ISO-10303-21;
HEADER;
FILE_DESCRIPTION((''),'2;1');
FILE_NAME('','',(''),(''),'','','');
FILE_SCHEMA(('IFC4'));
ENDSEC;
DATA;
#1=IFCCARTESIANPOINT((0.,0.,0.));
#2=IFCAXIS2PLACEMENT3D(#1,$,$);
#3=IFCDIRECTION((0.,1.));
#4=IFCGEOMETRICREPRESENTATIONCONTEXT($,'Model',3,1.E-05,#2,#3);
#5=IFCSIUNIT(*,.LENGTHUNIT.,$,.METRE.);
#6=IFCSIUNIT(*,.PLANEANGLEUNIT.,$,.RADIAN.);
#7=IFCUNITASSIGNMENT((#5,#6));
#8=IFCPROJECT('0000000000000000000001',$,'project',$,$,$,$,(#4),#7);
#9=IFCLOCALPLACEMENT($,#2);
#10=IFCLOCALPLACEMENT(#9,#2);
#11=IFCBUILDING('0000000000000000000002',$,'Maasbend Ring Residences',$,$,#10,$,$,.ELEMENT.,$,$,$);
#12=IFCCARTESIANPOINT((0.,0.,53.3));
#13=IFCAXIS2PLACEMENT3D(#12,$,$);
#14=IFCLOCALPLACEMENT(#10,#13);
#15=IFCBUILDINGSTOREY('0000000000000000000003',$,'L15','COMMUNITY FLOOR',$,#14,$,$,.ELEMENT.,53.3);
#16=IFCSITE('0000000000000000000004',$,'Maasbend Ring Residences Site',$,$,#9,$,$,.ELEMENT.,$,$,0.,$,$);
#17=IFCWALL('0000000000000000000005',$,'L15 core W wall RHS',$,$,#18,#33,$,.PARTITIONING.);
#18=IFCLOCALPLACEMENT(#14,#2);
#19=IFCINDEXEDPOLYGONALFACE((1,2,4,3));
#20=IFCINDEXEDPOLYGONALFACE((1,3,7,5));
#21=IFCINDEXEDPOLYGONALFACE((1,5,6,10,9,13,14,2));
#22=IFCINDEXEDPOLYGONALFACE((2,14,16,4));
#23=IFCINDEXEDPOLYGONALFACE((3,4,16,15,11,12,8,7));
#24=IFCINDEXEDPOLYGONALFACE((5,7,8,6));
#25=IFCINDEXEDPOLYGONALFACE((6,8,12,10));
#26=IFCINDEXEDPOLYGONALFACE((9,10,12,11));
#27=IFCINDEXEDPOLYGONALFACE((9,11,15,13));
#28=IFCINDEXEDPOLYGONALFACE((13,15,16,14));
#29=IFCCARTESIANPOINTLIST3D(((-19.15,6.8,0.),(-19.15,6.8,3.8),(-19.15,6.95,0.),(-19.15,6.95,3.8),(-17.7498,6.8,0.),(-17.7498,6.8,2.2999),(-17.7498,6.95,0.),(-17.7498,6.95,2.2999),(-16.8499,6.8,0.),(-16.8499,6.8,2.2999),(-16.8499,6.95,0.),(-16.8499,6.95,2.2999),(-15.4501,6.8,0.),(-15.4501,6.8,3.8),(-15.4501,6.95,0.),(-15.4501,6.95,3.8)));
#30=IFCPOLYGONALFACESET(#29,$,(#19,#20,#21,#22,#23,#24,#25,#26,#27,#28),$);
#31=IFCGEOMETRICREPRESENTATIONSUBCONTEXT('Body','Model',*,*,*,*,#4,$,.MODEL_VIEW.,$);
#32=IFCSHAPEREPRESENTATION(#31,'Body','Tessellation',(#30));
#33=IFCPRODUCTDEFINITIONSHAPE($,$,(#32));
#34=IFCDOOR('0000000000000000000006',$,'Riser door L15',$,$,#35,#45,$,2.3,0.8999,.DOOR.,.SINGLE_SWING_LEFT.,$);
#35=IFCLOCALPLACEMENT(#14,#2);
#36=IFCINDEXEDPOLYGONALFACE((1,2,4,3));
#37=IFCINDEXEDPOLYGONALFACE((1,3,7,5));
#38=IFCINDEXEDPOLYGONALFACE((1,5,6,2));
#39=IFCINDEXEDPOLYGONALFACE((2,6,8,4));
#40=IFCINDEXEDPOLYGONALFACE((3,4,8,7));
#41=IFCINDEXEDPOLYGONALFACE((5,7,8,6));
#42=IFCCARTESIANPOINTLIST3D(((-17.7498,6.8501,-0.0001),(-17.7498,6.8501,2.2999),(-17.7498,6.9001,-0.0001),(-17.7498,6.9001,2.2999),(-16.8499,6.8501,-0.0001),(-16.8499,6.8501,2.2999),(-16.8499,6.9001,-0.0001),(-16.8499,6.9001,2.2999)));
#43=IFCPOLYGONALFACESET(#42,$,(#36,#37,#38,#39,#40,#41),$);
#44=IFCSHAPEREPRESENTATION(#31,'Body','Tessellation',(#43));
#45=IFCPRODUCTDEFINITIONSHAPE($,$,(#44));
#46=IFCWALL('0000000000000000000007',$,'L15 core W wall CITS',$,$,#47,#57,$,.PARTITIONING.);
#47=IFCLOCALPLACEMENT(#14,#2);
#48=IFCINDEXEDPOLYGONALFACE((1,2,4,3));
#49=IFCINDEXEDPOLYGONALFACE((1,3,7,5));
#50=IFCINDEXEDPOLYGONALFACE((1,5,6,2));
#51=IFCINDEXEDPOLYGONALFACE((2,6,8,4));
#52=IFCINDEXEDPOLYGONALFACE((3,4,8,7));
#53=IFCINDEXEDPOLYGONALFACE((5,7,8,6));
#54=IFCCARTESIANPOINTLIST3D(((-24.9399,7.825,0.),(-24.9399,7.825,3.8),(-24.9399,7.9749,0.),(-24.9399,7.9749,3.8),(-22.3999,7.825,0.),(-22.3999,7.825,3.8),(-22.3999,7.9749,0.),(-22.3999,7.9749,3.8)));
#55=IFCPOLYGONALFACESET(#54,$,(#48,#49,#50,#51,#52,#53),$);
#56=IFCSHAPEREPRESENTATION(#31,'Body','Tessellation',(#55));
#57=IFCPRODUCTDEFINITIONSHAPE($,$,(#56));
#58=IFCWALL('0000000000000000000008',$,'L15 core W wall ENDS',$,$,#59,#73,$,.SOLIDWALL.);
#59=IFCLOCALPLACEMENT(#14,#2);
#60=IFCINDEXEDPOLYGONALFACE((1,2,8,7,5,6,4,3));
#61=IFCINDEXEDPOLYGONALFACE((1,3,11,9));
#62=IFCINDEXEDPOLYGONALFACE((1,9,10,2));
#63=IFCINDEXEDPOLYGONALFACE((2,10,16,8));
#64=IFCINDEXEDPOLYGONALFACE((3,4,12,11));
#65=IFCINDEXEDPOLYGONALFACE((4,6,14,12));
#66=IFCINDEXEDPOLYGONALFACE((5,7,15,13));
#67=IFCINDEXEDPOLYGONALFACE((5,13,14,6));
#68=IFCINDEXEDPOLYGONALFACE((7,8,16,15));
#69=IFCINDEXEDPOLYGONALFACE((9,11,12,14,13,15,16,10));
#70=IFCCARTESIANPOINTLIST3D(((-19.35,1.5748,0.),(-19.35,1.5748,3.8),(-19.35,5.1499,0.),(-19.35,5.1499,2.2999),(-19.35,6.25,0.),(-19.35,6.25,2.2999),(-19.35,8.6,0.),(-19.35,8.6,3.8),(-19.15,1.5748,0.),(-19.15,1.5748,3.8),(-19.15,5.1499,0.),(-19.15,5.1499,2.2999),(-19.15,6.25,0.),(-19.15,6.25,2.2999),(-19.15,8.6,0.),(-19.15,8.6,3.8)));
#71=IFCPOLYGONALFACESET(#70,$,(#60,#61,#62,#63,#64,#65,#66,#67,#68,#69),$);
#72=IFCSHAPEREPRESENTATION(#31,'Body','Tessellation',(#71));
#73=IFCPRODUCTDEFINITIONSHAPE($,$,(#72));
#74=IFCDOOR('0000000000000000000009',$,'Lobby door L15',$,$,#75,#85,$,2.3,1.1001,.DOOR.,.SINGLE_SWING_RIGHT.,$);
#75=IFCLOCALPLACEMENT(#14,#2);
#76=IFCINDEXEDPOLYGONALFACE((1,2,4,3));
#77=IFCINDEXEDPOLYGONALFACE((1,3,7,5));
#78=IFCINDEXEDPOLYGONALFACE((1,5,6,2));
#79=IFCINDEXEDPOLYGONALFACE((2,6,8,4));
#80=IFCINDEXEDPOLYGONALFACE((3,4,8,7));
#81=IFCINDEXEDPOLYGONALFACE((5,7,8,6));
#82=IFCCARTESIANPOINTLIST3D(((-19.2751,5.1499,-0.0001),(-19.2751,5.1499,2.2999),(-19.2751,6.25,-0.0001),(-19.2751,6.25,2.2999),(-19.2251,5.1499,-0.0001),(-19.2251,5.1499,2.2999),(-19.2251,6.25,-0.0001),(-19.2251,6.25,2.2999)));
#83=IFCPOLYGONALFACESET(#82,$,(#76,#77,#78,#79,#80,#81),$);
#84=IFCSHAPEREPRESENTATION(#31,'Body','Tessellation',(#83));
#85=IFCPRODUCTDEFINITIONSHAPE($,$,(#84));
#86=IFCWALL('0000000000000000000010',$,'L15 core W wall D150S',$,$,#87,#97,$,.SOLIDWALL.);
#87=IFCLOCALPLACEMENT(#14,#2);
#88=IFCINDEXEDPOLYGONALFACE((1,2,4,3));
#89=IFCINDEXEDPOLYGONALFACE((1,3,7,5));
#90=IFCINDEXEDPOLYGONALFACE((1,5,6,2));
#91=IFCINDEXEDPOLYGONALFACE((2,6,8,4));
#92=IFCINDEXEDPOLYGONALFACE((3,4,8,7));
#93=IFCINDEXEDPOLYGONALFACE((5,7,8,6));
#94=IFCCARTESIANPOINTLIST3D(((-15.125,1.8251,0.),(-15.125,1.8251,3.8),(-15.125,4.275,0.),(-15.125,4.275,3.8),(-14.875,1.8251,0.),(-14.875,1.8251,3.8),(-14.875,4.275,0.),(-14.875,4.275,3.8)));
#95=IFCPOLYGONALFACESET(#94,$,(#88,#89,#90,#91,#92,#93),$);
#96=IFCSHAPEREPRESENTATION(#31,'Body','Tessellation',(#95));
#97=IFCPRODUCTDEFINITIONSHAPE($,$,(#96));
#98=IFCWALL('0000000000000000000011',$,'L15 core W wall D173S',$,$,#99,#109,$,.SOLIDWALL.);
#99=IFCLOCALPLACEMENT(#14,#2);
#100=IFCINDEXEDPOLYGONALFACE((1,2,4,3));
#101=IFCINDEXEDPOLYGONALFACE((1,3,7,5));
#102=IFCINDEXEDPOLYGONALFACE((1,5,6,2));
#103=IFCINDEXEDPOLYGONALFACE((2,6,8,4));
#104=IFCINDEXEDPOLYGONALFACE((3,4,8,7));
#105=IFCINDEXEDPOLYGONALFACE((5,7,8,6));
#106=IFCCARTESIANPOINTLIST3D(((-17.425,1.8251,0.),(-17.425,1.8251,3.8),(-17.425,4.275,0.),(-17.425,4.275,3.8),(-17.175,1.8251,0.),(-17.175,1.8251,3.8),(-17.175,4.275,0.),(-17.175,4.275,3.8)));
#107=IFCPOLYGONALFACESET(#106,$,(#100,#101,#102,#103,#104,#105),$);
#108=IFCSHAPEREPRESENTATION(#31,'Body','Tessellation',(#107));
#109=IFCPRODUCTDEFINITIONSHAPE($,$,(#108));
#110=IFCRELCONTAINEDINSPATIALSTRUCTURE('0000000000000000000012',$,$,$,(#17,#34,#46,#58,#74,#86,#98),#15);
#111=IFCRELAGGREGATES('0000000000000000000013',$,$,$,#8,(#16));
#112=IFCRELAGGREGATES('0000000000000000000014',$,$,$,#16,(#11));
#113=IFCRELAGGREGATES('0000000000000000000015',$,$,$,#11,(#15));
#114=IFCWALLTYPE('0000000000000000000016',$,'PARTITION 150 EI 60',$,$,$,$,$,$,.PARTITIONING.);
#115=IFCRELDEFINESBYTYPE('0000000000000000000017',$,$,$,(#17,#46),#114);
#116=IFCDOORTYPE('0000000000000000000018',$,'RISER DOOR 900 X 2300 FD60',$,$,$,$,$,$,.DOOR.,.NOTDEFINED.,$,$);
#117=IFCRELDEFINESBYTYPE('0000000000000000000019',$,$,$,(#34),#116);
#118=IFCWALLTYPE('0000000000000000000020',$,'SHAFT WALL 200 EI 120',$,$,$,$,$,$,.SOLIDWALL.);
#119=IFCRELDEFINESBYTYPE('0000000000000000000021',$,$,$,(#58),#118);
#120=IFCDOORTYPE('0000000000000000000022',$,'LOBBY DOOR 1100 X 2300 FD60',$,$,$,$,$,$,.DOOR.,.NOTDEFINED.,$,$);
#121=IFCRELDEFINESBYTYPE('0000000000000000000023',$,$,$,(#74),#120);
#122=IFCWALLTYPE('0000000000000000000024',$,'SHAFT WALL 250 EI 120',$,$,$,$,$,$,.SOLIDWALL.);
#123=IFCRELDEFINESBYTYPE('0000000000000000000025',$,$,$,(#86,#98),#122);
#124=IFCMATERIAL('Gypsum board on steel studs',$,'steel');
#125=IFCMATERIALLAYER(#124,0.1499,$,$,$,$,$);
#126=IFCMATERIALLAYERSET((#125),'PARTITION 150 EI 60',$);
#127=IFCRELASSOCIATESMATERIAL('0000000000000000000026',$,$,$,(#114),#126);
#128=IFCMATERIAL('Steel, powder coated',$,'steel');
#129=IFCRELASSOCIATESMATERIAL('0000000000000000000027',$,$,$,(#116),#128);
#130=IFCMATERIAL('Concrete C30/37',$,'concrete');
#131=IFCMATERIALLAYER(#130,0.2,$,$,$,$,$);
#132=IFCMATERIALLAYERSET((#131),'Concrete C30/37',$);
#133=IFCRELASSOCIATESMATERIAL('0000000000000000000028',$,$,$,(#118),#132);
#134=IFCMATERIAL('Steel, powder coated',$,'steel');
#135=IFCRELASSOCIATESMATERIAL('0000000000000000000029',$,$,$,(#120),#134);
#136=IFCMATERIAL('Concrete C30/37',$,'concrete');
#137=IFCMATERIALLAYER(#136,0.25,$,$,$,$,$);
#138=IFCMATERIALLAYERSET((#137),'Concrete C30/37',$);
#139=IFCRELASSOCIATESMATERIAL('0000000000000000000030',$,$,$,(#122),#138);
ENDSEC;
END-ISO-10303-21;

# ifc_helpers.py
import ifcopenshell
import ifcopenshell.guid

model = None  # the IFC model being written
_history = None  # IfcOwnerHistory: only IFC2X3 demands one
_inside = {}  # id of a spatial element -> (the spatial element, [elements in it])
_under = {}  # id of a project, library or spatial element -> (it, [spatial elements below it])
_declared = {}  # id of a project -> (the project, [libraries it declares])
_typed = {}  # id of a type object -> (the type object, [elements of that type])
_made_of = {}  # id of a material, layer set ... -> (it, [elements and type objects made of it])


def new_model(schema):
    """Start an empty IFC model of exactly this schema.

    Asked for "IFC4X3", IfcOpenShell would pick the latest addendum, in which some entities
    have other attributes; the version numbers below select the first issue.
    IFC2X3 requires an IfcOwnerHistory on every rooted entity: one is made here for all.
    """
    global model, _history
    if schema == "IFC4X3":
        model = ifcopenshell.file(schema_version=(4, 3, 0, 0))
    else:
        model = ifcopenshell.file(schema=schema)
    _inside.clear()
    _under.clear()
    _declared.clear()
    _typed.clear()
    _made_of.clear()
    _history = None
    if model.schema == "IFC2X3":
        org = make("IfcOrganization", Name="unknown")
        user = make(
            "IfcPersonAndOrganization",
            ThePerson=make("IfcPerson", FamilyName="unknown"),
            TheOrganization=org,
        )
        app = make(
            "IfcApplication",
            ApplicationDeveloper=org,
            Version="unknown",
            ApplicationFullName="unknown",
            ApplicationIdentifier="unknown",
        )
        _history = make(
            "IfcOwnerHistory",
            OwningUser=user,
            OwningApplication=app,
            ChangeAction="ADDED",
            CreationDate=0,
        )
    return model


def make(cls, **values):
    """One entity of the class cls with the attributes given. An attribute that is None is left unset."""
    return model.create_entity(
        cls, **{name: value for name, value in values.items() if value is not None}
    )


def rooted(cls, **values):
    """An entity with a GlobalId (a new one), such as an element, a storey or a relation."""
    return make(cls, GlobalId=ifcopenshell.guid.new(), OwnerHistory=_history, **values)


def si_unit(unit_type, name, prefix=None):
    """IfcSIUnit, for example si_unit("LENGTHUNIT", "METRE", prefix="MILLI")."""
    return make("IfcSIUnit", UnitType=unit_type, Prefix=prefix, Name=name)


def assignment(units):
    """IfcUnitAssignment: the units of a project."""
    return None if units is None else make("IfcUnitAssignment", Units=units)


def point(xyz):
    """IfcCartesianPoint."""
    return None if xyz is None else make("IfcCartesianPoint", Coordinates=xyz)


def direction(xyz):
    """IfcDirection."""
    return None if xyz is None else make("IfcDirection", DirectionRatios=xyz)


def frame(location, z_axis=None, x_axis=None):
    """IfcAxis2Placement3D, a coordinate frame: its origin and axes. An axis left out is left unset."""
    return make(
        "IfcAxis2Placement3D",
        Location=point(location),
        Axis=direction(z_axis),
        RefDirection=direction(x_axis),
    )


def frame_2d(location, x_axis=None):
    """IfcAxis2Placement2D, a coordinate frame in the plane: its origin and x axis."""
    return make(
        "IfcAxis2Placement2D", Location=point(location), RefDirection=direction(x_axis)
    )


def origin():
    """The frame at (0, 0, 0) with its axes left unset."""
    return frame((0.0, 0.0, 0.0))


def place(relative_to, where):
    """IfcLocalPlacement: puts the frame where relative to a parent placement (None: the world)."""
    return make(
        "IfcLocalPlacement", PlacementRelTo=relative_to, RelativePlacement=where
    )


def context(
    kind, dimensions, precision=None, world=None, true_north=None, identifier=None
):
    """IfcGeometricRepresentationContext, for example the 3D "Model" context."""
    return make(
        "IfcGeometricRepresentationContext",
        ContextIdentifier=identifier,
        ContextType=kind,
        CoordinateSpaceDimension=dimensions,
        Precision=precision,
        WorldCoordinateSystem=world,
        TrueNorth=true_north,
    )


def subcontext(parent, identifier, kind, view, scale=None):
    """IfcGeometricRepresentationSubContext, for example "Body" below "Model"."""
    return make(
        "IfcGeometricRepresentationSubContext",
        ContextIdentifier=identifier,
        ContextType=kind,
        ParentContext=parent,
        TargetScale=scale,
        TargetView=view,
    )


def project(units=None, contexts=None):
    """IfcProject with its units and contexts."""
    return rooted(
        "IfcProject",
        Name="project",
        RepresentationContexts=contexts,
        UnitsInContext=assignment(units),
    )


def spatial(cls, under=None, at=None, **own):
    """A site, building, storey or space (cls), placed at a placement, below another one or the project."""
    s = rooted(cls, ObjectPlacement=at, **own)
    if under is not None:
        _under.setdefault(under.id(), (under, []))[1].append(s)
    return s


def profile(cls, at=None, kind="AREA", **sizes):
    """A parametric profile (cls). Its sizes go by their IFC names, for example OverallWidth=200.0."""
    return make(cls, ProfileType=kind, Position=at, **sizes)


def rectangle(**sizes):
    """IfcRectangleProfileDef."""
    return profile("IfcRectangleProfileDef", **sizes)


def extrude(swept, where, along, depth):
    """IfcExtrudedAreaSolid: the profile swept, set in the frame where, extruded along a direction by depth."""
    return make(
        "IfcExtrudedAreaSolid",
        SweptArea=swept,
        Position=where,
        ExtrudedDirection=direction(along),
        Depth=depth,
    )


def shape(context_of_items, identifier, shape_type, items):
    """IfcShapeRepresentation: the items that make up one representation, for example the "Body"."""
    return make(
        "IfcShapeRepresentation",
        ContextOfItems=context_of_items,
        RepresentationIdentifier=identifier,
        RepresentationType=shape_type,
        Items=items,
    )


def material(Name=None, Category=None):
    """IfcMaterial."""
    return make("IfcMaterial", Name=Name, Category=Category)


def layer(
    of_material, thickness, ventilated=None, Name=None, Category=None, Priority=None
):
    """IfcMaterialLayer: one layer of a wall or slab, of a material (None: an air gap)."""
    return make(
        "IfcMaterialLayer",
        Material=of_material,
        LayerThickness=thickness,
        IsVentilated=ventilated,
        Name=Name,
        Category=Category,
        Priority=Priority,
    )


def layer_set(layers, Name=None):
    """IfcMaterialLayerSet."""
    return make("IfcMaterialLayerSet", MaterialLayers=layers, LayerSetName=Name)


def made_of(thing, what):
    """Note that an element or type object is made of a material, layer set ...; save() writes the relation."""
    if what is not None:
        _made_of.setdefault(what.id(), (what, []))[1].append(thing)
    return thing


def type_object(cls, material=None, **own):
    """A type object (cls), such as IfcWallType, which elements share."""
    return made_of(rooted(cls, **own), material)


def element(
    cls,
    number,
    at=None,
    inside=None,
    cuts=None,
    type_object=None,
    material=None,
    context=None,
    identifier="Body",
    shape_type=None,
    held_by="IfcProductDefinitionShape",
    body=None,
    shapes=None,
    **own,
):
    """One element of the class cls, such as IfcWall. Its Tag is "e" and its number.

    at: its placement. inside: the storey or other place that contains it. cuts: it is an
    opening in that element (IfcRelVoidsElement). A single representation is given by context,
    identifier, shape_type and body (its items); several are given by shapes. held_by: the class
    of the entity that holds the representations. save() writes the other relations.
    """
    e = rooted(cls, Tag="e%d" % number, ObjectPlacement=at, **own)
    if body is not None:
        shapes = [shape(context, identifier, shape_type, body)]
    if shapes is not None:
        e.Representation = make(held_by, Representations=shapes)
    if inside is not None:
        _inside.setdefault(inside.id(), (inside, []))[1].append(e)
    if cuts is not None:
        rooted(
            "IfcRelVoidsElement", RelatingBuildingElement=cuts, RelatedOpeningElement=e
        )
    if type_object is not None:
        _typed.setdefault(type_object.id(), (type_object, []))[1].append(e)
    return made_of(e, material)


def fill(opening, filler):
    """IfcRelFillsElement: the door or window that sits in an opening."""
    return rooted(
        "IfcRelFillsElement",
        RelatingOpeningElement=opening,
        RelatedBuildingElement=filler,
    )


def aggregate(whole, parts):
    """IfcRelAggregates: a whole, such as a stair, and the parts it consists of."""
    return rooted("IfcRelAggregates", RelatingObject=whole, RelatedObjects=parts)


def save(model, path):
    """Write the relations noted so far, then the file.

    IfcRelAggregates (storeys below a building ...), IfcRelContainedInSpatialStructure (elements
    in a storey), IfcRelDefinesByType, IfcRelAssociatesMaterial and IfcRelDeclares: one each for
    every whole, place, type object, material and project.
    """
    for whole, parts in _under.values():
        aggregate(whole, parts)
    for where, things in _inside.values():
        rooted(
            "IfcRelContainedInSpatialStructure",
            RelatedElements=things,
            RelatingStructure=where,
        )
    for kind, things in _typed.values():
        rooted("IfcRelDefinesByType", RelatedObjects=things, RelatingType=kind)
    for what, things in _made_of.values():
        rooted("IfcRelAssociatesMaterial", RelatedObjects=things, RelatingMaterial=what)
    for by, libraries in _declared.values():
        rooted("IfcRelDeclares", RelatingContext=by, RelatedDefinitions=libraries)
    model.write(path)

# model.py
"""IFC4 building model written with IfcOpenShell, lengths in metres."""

from ifc_helpers import new_model, si_unit, direction, frame, frame_2d, origin, place, context, subcontext, project, spatial, rectangle, extrude, material, layer, layer_set, type_object, element, fill, save


model = new_model("IFC4")

# Units and contexts
model_context = context("Model", 3, precision=1e-05, world=origin(), true_north=direction((0.0, 1.0)))
body_context = subcontext(model_context, "Body", "Model", "MODEL_VIEW")
ifc_project = project(units=[si_unit("LENGTHUNIT", "METRE"), si_unit("PLANEANGLEUNIT", "RADIAN")], contexts=[model_context])

# Site, building, storey
site_placement = place(None, origin())
site = spatial("IfcSite", under=ifc_project, at=site_placement, Name="Maasbend Ring Residences Site", CompositionType="ELEMENT", RefElevation=0.0)
building_placement = place(site_placement, origin())
building = spatial("IfcBuilding", under=site, at=building_placement, Name="Maasbend Ring Residences", CompositionType="ELEMENT")
storey_placement = place(building_placement, frame((0.0, 0.0, 53.3)))
storey = spatial("IfcBuildingStorey", under=building, at=storey_placement, Name="L15", Description="COMMUNITY FLOOR", CompositionType="ELEMENT", Elevation=53.3)

# Shared definitions
ifc_material_1 = material(Name="Gypsum board on steel studs", Category="steel")
ifc_layer_1 = layer(ifc_material_1, 0.1499)
ifc_layer_set_1 = layer_set([ifc_layer_1], Name="PARTITION 150 EI 60")
wall_type_1 = type_object("IfcWallType", Name="PARTITION 150 EI 60", PredefinedType="PARTITIONING", material=ifc_layer_set_1)

# Wall, opening, door
wall_1_placement = place(storey_placement, frame((-15.45, 6.875, 0.0), z_axis=(0.0, 0.0, 1.0), x_axis=(-1.0, 0.0, 0.0)))
wall_1 = element("IfcWall", 1, at=wall_1_placement, inside=storey, type_object=wall_type_1, Name="L15 core W wall RHS", PredefinedType="PARTITIONING", context=body_context, shape_type="SweptSolid", body=[
    extrude(rectangle(XDim=3.7, YDim=0.1499, at=frame_2d((1.8501, 0.0))), origin(), (0.0, 0.0, 1.0), 3.8),
])
opening_1_placement = place(wall_1_placement, frame((1.3999, 0.0, 0.0)))
opening_1 = element("IfcOpeningElement", 2, at=opening_1_placement, cuts=wall_1, PredefinedType="OPENING", context=body_context, shape_type="SweptSolid", body=[
    extrude(rectangle(XDim=0.8999, YDim=2.3, at=frame_2d((0.45, 1.1499))), frame((0.0, 0.085, 0.0), z_axis=(0.0, -1.0, 0.0), x_axis=(1.0, 0.0, 0.0)), (0.0, 0.0, 1.0), 0.1699),
])
ifc_material_2 = material(Name="Steel, powder coated", Category="steel")
door_type_1 = type_object("IfcDoorType", Name="RISER DOOR 900 X 2300 FD60", OperationType="NOTDEFINED", PredefinedType="DOOR", material=ifc_material_2)
door_1_placement = place(opening_1_placement, origin())
door_1 = element("IfcDoor", 3, at=door_1_placement, inside=storey, type_object=door_type_1, Name="Riser door L15", OperationType="SINGLE_SWING_LEFT", OverallHeight=2.3, OverallWidth=0.8999, PredefinedType="DOOR", context=body_context, shape_type="SweptSolid", body=[
    extrude(rectangle(XDim=0.8999, YDim=2.3, at=frame_2d((0.45, 1.1499))), frame((0.0, 0.0249, 0.0), z_axis=(0.0, -1.0, 0.0), x_axis=(1.0, 0.0, 0.0)), (0.0, 0.0, 1.0), 0.05),
])
fill(opening_1, door_1)

# Wall
wall_2_placement = place(storey_placement, frame((-22.3999, 7.8999, 0.0), z_axis=(0.0, 0.0, 1.0), x_axis=(-1.0, 0.0, 0.0)))
element("IfcWall", 4, at=wall_2_placement, inside=storey, type_object=wall_type_1, Name="L15 core W wall CITS", PredefinedType="PARTITIONING", context=body_context, shape_type="SweptSolid", body=[
    extrude(rectangle(XDim=2.54, YDim=0.1499, at=frame_2d((1.27, 0.0))), origin(), (0.0, 0.0, 1.0), 3.8),
])

# Wall, opening, door
ifc_material_3 = material(Name="Concrete C30/37", Category="concrete")
ifc_layer_2 = layer(ifc_material_3, 0.2)
ifc_layer_set_2 = layer_set([ifc_layer_2], Name="Concrete C30/37")
wall_type_2 = type_object("IfcWallType", Name="SHAFT WALL 200 EI 120", PredefinedType="SOLIDWALL", material=ifc_layer_set_2)
wall_3_placement = place(storey_placement, frame((-19.25, 8.6001, 0.0), z_axis=(0.0, 0.0, 1.0), x_axis=(0.0, -1.0, 0.0)))
wall_3 = element("IfcWall", 5, at=wall_3_placement, inside=storey, type_object=wall_type_2, Name="L15 core W wall ENDS", PredefinedType="SOLIDWALL", context=body_context, shape_type="SweptSolid", body=[
    extrude(rectangle(XDim=7.0251, YDim=0.2, at=frame_2d((3.5127, 0.0))), origin(), (0.0, 0.0, 1.0), 3.8),
])
opening_2_placement = place(wall_3_placement, frame((2.3501, 0.0, 0.0)))
opening_2 = element("IfcOpeningElement", 6, at=opening_2_placement, cuts=wall_3, PredefinedType="OPENING", context=body_context, shape_type="SweptSolid", body=[
    extrude(rectangle(XDim=1.1001, YDim=2.3, at=frame_2d((0.55, 1.1499))), frame((0.0, 0.1099, 0.0), z_axis=(0.0, -1.0, 0.0), x_axis=(1.0, 0.0, 0.0)), (0.0, 0.0, 1.0), 0.22),
])
ifc_material_4 = material(Name="Steel, powder coated", Category="steel")
door_type_2 = type_object("IfcDoorType", Name="LOBBY DOOR 1100 X 2300 FD60", OperationType="NOTDEFINED", PredefinedType="DOOR", material=ifc_material_4)
door_2_placement = place(opening_2_placement, origin())
door_2 = element("IfcDoor", 7, at=door_2_placement, inside=storey, type_object=door_type_2, Name="Lobby door L15", OperationType="SINGLE_SWING_RIGHT", OverallHeight=2.3, OverallWidth=1.1001, PredefinedType="DOOR", context=body_context, shape_type="SweptSolid", body=[
    extrude(rectangle(XDim=1.1001, YDim=2.3, at=frame_2d((0.55, 1.1499))), frame((0.0, 0.0249, 0.0), z_axis=(0.0, -1.0, 0.0), x_axis=(1.0, 0.0, 0.0)), (0.0, 0.0, 1.0), 0.05),
])
fill(opening_2, door_2)

# Walls
ifc_material_5 = material(Name="Concrete C30/37", Category="concrete")
ifc_layer_3 = layer(ifc_material_5, 0.25)
ifc_layer_set_3 = layer_set([ifc_layer_3], Name="Concrete C30/37")
wall_type_3 = type_object("IfcWallType", Name="SHAFT WALL 250 EI 120", PredefinedType="SOLIDWALL", material=ifc_layer_set_3)
for number, where, z_axis, x_axis, name in (
    (8, (-15.0, 1.825, 0.0), (0.0, 0.0, 1.0), (0.0, 1.0, 0.0), "L15 core W wall D150S"),
    (9, (-17.3, 1.825, 0.0), (0.0, 0.0, 1.0), (0.0, 1.0, 0.0), "L15 core W wall D173S"),
):
    element("IfcWall", number, at=place(storey_placement, frame(where, z_axis=z_axis, x_axis=x_axis)), inside=storey, type_object=wall_type_3, Name=name, PredefinedType="SOLIDWALL", context=body_context, shape_type="SweptSolid", body=[
        extrude(rectangle(XDim=2.45, YDim=0.25, at=frame_2d((1.2251, 0.0))), origin(), (0.0, 0.0, 1.0), 3.8),
    ])

save(model, "model.ifc")
